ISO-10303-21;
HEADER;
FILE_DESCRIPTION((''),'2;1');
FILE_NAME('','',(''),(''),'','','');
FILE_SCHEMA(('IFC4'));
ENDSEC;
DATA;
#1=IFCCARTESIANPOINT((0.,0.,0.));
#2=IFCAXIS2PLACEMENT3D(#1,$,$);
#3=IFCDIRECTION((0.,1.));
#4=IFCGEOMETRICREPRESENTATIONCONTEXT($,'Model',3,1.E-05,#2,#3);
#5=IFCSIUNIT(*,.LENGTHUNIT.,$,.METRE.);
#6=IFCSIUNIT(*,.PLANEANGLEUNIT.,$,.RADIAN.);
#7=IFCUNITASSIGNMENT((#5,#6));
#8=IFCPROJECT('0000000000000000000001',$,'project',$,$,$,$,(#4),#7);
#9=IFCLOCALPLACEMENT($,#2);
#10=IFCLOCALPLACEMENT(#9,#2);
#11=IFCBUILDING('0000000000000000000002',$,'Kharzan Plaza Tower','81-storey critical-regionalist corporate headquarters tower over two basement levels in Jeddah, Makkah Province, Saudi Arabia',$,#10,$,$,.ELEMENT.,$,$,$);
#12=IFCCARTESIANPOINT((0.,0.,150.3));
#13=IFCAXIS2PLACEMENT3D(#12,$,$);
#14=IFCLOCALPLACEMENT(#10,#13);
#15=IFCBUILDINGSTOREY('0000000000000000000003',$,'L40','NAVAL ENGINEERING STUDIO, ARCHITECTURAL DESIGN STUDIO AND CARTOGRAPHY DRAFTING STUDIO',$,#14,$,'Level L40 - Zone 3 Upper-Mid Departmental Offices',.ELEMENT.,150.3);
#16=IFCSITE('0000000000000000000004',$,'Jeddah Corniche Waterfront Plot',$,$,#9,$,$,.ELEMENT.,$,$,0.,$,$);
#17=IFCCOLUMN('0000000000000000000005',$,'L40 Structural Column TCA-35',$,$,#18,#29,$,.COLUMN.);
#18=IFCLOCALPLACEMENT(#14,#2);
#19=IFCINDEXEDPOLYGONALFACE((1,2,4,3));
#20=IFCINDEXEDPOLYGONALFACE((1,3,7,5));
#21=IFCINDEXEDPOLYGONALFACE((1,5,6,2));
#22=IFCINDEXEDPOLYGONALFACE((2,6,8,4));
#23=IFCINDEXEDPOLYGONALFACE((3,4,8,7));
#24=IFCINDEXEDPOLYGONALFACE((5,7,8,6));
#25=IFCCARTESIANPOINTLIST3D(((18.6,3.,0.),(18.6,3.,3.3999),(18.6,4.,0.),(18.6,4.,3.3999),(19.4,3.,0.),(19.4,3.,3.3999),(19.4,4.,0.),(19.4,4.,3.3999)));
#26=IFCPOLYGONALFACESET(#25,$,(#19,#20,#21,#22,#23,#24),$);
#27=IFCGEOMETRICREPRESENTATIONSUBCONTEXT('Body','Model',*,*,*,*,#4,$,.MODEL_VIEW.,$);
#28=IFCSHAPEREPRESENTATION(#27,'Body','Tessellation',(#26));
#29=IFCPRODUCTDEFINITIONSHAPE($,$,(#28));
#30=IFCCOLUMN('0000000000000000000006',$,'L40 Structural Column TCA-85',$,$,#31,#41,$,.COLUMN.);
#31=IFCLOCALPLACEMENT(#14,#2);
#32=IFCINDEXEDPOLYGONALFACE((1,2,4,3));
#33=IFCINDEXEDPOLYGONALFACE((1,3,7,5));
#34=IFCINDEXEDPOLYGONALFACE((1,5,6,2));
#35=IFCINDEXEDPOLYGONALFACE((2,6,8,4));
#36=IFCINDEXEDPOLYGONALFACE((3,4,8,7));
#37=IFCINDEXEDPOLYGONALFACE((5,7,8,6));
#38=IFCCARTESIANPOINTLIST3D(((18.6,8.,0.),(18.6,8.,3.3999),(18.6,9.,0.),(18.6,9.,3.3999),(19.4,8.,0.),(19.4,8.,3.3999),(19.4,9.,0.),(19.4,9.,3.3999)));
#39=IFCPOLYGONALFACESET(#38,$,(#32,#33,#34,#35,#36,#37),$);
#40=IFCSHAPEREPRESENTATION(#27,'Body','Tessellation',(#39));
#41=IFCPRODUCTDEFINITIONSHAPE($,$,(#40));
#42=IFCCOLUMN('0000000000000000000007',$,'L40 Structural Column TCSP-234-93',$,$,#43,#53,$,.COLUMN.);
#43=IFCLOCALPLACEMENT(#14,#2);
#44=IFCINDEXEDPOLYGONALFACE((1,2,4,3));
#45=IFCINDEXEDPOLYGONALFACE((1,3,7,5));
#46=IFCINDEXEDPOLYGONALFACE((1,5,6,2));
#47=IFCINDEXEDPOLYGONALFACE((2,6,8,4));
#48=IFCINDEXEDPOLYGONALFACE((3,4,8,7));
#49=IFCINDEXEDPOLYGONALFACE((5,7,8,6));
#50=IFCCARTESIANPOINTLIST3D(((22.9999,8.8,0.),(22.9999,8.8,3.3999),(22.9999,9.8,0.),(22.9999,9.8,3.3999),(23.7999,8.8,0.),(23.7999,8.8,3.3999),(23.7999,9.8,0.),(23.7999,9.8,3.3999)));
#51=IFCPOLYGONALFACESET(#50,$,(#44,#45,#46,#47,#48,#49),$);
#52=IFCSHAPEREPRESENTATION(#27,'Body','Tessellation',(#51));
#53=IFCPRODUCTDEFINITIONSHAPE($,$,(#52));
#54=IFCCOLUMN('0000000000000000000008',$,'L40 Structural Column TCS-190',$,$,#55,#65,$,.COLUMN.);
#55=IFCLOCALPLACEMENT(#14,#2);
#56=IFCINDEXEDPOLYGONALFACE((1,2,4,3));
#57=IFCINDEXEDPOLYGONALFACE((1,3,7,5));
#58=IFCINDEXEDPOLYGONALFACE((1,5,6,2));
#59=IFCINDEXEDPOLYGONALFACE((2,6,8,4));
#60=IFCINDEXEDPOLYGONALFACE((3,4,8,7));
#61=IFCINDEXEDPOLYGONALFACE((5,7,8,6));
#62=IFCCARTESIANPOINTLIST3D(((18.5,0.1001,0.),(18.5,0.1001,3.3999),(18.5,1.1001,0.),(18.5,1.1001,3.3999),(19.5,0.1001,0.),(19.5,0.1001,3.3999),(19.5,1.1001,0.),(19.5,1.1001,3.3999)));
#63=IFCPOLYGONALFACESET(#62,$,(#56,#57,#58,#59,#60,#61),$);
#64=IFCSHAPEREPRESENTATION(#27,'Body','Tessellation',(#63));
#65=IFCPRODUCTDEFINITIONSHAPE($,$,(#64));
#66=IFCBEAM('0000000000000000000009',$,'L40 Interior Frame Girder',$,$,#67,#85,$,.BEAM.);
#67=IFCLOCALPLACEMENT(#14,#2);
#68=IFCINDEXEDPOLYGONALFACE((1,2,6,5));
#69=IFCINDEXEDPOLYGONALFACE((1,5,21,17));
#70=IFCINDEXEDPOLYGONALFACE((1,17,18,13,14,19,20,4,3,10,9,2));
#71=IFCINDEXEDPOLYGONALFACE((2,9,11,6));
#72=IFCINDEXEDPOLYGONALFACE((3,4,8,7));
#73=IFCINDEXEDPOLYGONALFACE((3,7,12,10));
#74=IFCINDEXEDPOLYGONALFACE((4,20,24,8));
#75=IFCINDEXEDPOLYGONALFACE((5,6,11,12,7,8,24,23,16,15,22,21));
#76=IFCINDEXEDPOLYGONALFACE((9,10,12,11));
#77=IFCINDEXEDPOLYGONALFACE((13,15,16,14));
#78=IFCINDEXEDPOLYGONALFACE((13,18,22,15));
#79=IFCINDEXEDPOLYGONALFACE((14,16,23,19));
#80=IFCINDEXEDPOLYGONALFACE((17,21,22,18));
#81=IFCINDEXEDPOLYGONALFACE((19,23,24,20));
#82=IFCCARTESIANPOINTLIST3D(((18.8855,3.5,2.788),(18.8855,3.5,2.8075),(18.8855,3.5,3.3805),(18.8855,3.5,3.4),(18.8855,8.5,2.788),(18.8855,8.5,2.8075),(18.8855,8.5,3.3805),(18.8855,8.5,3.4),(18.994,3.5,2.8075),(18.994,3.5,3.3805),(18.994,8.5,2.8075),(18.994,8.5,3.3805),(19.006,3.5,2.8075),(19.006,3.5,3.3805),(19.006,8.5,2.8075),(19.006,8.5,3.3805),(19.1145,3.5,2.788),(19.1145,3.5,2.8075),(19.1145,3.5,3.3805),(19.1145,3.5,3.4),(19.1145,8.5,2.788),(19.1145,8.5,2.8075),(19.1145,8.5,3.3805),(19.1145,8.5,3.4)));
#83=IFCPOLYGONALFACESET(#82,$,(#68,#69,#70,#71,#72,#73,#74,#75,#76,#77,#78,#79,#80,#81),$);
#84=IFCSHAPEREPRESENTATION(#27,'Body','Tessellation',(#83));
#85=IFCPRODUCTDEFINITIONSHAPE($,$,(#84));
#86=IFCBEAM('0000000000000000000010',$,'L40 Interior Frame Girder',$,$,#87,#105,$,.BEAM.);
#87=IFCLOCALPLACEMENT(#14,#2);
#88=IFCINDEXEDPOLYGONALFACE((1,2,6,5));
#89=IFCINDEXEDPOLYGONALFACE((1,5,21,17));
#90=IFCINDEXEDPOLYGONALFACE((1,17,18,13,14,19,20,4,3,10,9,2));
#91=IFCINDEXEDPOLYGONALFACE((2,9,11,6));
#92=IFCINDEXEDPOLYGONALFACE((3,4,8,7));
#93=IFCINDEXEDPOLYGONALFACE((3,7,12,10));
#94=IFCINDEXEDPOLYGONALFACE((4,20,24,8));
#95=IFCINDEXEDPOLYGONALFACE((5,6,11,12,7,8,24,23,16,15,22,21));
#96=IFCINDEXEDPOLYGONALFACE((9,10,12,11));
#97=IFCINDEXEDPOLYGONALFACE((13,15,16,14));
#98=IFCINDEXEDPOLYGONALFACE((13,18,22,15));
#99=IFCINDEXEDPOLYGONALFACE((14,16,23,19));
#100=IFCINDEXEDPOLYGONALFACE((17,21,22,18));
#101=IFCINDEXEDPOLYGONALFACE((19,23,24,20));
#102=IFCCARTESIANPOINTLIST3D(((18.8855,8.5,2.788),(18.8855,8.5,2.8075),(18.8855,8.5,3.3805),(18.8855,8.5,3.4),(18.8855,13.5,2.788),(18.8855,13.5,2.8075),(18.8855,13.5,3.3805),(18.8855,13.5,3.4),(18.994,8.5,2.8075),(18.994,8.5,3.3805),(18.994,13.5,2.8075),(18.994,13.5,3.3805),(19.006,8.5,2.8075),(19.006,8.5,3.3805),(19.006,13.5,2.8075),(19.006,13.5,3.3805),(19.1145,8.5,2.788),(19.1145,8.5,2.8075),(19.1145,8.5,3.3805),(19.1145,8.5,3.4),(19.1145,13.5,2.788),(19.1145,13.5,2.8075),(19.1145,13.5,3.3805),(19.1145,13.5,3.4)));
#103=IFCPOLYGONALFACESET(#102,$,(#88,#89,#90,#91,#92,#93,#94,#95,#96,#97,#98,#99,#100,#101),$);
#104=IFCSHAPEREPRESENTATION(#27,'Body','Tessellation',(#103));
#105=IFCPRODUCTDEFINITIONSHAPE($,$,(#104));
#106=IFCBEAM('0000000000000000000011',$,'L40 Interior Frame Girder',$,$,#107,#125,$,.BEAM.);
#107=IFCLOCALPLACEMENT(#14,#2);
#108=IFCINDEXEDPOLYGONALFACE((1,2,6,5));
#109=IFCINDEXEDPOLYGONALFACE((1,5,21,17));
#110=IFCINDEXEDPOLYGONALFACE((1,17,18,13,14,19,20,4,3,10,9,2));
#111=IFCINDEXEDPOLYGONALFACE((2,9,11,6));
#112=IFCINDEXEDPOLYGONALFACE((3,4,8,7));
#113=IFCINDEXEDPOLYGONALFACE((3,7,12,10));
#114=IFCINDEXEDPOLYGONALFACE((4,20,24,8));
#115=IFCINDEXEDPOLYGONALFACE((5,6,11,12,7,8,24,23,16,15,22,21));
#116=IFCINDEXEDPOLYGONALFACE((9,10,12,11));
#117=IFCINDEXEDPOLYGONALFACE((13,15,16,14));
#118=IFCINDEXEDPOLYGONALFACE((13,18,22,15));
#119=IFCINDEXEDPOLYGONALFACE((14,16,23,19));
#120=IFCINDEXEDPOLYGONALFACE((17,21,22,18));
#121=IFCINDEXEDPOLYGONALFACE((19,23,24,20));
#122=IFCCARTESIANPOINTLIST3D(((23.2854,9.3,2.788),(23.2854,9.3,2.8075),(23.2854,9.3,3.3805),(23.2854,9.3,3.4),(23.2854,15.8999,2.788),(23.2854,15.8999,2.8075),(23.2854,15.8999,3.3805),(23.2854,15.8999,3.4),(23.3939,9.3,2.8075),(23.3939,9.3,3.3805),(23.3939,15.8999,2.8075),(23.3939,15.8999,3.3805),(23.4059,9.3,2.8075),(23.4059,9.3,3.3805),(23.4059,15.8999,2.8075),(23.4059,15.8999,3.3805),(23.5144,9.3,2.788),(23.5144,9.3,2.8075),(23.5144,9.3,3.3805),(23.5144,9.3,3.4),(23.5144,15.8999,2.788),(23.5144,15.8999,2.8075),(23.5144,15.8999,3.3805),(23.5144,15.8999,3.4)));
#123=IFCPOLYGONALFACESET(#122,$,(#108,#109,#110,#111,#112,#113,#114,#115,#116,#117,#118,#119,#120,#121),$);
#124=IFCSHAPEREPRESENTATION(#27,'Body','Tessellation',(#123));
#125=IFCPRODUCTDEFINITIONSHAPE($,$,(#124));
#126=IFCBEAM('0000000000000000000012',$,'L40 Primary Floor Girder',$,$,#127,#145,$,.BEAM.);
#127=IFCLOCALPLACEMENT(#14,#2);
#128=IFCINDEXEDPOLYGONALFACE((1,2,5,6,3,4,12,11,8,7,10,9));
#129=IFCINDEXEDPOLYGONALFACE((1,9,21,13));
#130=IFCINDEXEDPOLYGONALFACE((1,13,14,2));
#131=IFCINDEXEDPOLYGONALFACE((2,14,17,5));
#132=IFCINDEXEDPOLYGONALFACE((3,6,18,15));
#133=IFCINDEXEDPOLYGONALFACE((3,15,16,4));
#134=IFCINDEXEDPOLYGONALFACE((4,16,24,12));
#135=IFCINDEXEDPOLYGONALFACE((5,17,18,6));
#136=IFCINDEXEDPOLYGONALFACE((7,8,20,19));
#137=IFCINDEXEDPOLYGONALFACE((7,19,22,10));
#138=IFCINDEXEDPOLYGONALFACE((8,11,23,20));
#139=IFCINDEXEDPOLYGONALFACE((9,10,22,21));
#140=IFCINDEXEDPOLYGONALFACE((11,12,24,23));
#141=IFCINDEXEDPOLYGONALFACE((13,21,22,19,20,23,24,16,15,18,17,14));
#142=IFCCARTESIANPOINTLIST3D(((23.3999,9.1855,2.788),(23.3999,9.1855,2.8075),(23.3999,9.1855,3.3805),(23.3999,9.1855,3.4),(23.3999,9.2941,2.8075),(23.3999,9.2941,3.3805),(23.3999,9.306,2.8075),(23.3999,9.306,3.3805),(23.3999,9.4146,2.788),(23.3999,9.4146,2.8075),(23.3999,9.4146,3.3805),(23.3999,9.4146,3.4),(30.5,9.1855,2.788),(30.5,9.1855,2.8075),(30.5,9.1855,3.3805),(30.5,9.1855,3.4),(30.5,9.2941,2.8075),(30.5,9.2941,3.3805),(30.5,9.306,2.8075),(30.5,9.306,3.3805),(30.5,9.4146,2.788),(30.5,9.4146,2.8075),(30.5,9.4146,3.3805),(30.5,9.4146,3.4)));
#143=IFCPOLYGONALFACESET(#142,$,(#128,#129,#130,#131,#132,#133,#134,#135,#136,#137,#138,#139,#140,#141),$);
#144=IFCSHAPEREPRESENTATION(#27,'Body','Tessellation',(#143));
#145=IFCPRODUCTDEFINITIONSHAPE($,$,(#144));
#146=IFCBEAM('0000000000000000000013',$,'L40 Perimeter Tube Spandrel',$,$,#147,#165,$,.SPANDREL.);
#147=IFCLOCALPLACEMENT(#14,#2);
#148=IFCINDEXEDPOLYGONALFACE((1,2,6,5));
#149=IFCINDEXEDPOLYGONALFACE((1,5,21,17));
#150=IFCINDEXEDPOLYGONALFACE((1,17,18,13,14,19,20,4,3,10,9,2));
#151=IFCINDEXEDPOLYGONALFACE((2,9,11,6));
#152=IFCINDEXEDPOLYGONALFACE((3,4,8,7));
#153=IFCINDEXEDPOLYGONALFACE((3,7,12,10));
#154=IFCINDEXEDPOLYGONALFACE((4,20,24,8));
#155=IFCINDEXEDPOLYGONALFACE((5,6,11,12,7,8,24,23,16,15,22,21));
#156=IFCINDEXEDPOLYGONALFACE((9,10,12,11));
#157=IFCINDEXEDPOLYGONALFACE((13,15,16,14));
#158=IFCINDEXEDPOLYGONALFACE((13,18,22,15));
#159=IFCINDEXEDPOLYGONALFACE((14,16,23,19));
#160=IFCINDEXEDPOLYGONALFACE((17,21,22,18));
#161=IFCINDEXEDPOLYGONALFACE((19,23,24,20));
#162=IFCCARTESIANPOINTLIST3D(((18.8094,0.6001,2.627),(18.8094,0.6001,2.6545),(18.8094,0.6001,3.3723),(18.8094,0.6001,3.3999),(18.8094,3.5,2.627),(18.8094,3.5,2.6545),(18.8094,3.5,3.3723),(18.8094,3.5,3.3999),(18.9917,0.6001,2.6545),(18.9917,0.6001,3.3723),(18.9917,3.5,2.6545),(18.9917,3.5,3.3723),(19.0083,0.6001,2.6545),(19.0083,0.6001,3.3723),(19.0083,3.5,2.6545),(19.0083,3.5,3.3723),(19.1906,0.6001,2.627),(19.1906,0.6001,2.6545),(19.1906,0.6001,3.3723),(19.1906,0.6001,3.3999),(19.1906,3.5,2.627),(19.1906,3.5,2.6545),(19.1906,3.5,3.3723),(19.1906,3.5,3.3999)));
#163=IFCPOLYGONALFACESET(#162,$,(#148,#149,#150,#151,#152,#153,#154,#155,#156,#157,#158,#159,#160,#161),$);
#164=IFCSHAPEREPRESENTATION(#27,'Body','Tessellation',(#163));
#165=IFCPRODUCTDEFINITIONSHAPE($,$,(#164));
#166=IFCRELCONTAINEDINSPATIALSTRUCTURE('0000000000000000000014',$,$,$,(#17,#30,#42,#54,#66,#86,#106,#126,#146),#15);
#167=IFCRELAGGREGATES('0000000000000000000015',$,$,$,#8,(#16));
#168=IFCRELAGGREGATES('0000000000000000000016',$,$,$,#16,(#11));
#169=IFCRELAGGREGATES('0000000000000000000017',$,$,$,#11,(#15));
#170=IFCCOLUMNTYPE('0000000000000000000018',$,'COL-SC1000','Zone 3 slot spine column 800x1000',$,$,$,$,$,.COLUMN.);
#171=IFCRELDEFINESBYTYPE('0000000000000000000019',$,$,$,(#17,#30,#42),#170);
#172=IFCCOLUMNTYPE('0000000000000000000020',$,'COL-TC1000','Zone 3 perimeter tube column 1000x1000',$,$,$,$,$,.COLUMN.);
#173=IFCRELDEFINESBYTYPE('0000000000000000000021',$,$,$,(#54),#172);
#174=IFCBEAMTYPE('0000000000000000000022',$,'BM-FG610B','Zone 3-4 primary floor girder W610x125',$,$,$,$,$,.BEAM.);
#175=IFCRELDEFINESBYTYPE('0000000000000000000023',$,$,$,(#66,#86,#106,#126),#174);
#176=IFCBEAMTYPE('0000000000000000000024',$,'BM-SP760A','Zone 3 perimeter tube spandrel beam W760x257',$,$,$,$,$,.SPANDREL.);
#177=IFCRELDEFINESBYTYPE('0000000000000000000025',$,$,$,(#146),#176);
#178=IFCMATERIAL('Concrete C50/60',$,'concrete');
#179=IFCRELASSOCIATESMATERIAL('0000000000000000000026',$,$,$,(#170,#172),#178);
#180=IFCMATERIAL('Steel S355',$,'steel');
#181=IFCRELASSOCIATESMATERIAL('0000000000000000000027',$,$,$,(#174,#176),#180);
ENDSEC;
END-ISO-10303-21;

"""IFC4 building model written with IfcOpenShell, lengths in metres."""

from ifc_helpers import new_model, si_unit, direction, frame, origin, origin_2d, place, context, subcontext, project, spatial, rectangle, i_section, extrude, source, transform, mapped, material, material_profile, profile_set, type_object, element, save


model = new_model("IFC4")

# Units and contexts
model_context = context("Model", 3, precision=1e-05, world=origin(), true_north=direction((0.0, 1.0)))
body_context = subcontext(model_context, "Body", "Model", "MODEL_VIEW")
ifc_project = project(units=[si_unit("LENGTHUNIT", "METRE"), si_unit("PLANEANGLEUNIT", "RADIAN")], contexts=[model_context])

# Site, building, storey
site_placement = place(None, origin())
site = spatial("IfcSite", under=ifc_project, at=site_placement, Name="Jeddah Corniche Waterfront Plot", CompositionType="ELEMENT", RefElevation=0.0)
building_placement = place(site_placement, origin())
building = spatial("IfcBuilding", under=site, at=building_placement, Name="Kharzan Plaza Tower", Description="81-storey critical-regionalist corporate headquarters tower over two basement levels in Jeddah, Makkah Province, Saudi Arabia", CompositionType="ELEMENT")
storey_placement = place(building_placement, frame((0.0, 0.0, 150.3)))
storey = spatial("IfcBuildingStorey", under=building, at=storey_placement, Name="L40", Description="NAVAL ENGINEERING STUDIO, ARCHITECTURAL DESIGN STUDIO AND CARTOGRAPHY DRAFTING STUDIO", LongName="Level L40 - Zone 3 Upper-Mid Departmental Offices", CompositionType="ELEMENT", Elevation=150.3)

# Columns
ifc_material_1 = material(Name="Concrete C50/60", Category="concrete")
ifc_material_profile_1 = material_profile(ifc_material_1, rectangle(XDim=0.8, YDim=1.0, at=origin_2d()), Name="RC-SC1000x800")
ifc_profile_set_1 = profile_set([ifc_material_profile_1], Name="Concrete C50/60")
column_type_1 = type_object("IfcColumnType", Name="COL-SC1000", Description="Zone 3 slot spine column 800x1000", PredefinedType="COLUMN", material=ifc_profile_set_1)
shared_shape_1 = source(origin(), body_context, "Body", "SweptSolid", [
    extrude(rectangle(XDim=0.8, YDim=1.0, at=origin_2d()), origin(), (0.0, 0.0, 1.0), 3.3999),
])
for number, where, z_axis, x_axis, name in (
    (1, (19.0, 3.5, 0.0), (0.0, 0.0, 1.0), (1.0, 0.0, 0.0), "L40 Structural Column TCA-35"),
    (2, (19.0, 8.5, 0.0), (0.0, 0.0, 1.0), (1.0, 0.0, 0.0), "L40 Structural Column TCA-85"),
    (3, (23.3999, 9.3, 0.0), (0.0, 0.0, 1.0), (1.0, 0.0, 0.0), "L40 Structural Column TCSP-234-93"),
):
    element("IfcColumn", number, at=place(storey_placement, frame(where, z_axis=z_axis, x_axis=x_axis)), inside=storey, type_object=column_type_1, Name=name, PredefinedType="COLUMN", context=body_context, shape_type="MappedRepresentation", body=[
        mapped(shared_shape_1, transform((0.0, 0.0, 0.0), x_axis=(1.0, 0.0, 0.0), y_axis=(0.0, 1.0, 0.0), z_axis=(0.0, 0.0, 1.0))),
    ])
ifc_material_profile_2 = material_profile(ifc_material_1, rectangle(XDim=1.0, YDim=1.0, at=origin_2d()), Name="RC-TC1000x1000")
ifc_profile_set_2 = profile_set([ifc_material_profile_2], Name="Concrete C50/60")
column_type_2 = type_object("IfcColumnType", Name="COL-TC1000", Description="Zone 3 perimeter tube column 1000x1000", PredefinedType="COLUMN", material=ifc_profile_set_2)
shared_shape_2 = source(origin(), body_context, "Body", "SweptSolid", [
    extrude(rectangle(XDim=1.0, YDim=1.0, at=origin_2d()), origin(), (0.0, 0.0, 1.0), 3.3999),
])
column_placement = place(storey_placement, frame((19.0, 0.6001, 0.0), z_axis=(0.0, 0.0, 1.0), x_axis=(1.0, 0.0, 0.0)))
element("IfcColumn", 4, at=column_placement, inside=storey, type_object=column_type_2, Name="L40 Structural Column TCS-190", PredefinedType="COLUMN", context=body_context, shape_type="MappedRepresentation", body=[
    mapped(shared_shape_2, transform((0.0, 0.0, 0.0), x_axis=(1.0, 0.0, 0.0), y_axis=(0.0, 1.0, 0.0), z_axis=(0.0, 0.0, 1.0))),
])

# Beams
ifc_material_2 = material(Name="Steel S355", Category="steel")
ifc_material_profile_3 = material_profile(ifc_material_2, i_section(OverallWidth=0.229, OverallDepth=0.6121, WebThickness=0.012, FlangeThickness=0.0195, at=origin_2d()), Name="W610x125")
ifc_profile_set_3 = profile_set([ifc_material_profile_3], Name="Steel S355")
beam_type_1 = type_object("IfcBeamType", Name="BM-FG610B", Description="Zone 3-4 primary floor girder W610x125", PredefinedType="BEAM", material=ifc_profile_set_3)
shared_shape_3 = source(origin(), body_context, "Body", "SweptSolid", [
    extrude(i_section(OverallWidth=0.229, OverallDepth=0.6121, WebThickness=0.012, FlangeThickness=0.0195, at=origin_2d()), origin(), (0.0, 0.0, 1.0), 5.0),
])
for number, where, z_axis, x_axis, name in (
    (5, (19.0, 3.5, 3.094), (0.0, 1.0, 0.0), (-1.0, 0.0, 0.0), "L40 Interior Frame Girder"),
    (6, (19.0, 8.5, 3.094), (0.0, 1.0, 0.0), (-1.0, 0.0, 0.0), "L40 Interior Frame Girder"),
):
    element("IfcBeam", number, at=place(storey_placement, frame(where, z_axis=z_axis, x_axis=x_axis)), inside=storey, type_object=beam_type_1, Name=name, PredefinedType="BEAM", context=body_context, shape_type="MappedRepresentation", body=[
        mapped(shared_shape_3, transform((0.0, 0.0, 0.0), x_axis=(1.0, 0.0, 0.0), y_axis=(0.0, 1.0, 0.0), z_axis=(0.0, 0.0, 1.0))),
    ])
shared_shape_4 = source(origin(), body_context, "Body", "SweptSolid", [
    extrude(i_section(OverallWidth=0.229, OverallDepth=0.6121, WebThickness=0.012, FlangeThickness=0.0195, at=origin_2d()), origin(), (0.0, 0.0, 1.0), 6.5999),
])
beam_1_placement = place(storey_placement, frame((23.3999, 9.3, 3.094), z_axis=(0.0, 1.0, 0.0), x_axis=(-1.0, 0.0, 0.0)))
element("IfcBeam", 7, at=beam_1_placement, inside=storey, type_object=beam_type_1, Name="L40 Interior Frame Girder", PredefinedType="BEAM", context=body_context, shape_type="MappedRepresentation", body=[
    mapped(shared_shape_4, transform((0.0, 0.0, 0.0), x_axis=(1.0, 0.0, 0.0), y_axis=(0.0, 1.0, 0.0), z_axis=(0.0, 0.0, 1.0))),
])
shared_shape_5 = source(origin(), body_context, "Body", "SweptSolid", [
    extrude(i_section(OverallWidth=0.229, OverallDepth=0.6121, WebThickness=0.012, FlangeThickness=0.0195, at=origin_2d()), origin(), (0.0, 0.0, 1.0), 7.1001),
])
beam_2_placement = place(storey_placement, frame((23.3999, 9.3, 3.094), z_axis=(1.0, 0.0, 0.0), x_axis=(0.0, 1.0, 0.0)))
element("IfcBeam", 8, at=beam_2_placement, inside=storey, type_object=beam_type_1, Name="L40 Primary Floor Girder", PredefinedType="BEAM", context=body_context, shape_type="MappedRepresentation", body=[
    mapped(shared_shape_5, transform((0.0, 0.0, 0.0), x_axis=(1.0, 0.0, 0.0), y_axis=(0.0, 1.0, 0.0), z_axis=(0.0, 0.0, 1.0))),
])
ifc_material_profile_4 = material_profile(ifc_material_2, i_section(OverallWidth=0.3811, OverallDepth=0.7729, WebThickness=0.0166, FlangeThickness=0.0276, at=origin_2d()), Name="W760x257")
ifc_profile_set_4 = profile_set([ifc_material_profile_4], Name="Steel S355")
beam_type_2 = type_object("IfcBeamType", Name="BM-SP760A", Description="Zone 3 perimeter tube spandrel beam W760x257", PredefinedType="SPANDREL", material=ifc_profile_set_4)
shared_shape_6 = source(origin(), body_context, "Body", "SweptSolid", [
    extrude(i_section(OverallWidth=0.3811, OverallDepth=0.7729, WebThickness=0.0166, FlangeThickness=0.0276, at=origin_2d()), origin(), (0.0, 0.0, 1.0), 2.8999),
])
beam_3_placement = place(storey_placement, frame((19.0, 0.6001, 3.0134), z_axis=(0.0, 1.0, 0.0), x_axis=(-1.0, 0.0, 0.0)))
element("IfcBeam", 9, at=beam_3_placement, inside=storey, type_object=beam_type_2, Name="L40 Perimeter Tube Spandrel", PredefinedType="SPANDREL", context=body_context, shape_type="MappedRepresentation", body=[
    mapped(shared_shape_6, transform((0.0, 0.0, 0.0), x_axis=(1.0, 0.0, 0.0), y_axis=(0.0, 1.0, 0.0), z_axis=(0.0, 0.0, 1.0))),
])

save(model, "model.ifc")
